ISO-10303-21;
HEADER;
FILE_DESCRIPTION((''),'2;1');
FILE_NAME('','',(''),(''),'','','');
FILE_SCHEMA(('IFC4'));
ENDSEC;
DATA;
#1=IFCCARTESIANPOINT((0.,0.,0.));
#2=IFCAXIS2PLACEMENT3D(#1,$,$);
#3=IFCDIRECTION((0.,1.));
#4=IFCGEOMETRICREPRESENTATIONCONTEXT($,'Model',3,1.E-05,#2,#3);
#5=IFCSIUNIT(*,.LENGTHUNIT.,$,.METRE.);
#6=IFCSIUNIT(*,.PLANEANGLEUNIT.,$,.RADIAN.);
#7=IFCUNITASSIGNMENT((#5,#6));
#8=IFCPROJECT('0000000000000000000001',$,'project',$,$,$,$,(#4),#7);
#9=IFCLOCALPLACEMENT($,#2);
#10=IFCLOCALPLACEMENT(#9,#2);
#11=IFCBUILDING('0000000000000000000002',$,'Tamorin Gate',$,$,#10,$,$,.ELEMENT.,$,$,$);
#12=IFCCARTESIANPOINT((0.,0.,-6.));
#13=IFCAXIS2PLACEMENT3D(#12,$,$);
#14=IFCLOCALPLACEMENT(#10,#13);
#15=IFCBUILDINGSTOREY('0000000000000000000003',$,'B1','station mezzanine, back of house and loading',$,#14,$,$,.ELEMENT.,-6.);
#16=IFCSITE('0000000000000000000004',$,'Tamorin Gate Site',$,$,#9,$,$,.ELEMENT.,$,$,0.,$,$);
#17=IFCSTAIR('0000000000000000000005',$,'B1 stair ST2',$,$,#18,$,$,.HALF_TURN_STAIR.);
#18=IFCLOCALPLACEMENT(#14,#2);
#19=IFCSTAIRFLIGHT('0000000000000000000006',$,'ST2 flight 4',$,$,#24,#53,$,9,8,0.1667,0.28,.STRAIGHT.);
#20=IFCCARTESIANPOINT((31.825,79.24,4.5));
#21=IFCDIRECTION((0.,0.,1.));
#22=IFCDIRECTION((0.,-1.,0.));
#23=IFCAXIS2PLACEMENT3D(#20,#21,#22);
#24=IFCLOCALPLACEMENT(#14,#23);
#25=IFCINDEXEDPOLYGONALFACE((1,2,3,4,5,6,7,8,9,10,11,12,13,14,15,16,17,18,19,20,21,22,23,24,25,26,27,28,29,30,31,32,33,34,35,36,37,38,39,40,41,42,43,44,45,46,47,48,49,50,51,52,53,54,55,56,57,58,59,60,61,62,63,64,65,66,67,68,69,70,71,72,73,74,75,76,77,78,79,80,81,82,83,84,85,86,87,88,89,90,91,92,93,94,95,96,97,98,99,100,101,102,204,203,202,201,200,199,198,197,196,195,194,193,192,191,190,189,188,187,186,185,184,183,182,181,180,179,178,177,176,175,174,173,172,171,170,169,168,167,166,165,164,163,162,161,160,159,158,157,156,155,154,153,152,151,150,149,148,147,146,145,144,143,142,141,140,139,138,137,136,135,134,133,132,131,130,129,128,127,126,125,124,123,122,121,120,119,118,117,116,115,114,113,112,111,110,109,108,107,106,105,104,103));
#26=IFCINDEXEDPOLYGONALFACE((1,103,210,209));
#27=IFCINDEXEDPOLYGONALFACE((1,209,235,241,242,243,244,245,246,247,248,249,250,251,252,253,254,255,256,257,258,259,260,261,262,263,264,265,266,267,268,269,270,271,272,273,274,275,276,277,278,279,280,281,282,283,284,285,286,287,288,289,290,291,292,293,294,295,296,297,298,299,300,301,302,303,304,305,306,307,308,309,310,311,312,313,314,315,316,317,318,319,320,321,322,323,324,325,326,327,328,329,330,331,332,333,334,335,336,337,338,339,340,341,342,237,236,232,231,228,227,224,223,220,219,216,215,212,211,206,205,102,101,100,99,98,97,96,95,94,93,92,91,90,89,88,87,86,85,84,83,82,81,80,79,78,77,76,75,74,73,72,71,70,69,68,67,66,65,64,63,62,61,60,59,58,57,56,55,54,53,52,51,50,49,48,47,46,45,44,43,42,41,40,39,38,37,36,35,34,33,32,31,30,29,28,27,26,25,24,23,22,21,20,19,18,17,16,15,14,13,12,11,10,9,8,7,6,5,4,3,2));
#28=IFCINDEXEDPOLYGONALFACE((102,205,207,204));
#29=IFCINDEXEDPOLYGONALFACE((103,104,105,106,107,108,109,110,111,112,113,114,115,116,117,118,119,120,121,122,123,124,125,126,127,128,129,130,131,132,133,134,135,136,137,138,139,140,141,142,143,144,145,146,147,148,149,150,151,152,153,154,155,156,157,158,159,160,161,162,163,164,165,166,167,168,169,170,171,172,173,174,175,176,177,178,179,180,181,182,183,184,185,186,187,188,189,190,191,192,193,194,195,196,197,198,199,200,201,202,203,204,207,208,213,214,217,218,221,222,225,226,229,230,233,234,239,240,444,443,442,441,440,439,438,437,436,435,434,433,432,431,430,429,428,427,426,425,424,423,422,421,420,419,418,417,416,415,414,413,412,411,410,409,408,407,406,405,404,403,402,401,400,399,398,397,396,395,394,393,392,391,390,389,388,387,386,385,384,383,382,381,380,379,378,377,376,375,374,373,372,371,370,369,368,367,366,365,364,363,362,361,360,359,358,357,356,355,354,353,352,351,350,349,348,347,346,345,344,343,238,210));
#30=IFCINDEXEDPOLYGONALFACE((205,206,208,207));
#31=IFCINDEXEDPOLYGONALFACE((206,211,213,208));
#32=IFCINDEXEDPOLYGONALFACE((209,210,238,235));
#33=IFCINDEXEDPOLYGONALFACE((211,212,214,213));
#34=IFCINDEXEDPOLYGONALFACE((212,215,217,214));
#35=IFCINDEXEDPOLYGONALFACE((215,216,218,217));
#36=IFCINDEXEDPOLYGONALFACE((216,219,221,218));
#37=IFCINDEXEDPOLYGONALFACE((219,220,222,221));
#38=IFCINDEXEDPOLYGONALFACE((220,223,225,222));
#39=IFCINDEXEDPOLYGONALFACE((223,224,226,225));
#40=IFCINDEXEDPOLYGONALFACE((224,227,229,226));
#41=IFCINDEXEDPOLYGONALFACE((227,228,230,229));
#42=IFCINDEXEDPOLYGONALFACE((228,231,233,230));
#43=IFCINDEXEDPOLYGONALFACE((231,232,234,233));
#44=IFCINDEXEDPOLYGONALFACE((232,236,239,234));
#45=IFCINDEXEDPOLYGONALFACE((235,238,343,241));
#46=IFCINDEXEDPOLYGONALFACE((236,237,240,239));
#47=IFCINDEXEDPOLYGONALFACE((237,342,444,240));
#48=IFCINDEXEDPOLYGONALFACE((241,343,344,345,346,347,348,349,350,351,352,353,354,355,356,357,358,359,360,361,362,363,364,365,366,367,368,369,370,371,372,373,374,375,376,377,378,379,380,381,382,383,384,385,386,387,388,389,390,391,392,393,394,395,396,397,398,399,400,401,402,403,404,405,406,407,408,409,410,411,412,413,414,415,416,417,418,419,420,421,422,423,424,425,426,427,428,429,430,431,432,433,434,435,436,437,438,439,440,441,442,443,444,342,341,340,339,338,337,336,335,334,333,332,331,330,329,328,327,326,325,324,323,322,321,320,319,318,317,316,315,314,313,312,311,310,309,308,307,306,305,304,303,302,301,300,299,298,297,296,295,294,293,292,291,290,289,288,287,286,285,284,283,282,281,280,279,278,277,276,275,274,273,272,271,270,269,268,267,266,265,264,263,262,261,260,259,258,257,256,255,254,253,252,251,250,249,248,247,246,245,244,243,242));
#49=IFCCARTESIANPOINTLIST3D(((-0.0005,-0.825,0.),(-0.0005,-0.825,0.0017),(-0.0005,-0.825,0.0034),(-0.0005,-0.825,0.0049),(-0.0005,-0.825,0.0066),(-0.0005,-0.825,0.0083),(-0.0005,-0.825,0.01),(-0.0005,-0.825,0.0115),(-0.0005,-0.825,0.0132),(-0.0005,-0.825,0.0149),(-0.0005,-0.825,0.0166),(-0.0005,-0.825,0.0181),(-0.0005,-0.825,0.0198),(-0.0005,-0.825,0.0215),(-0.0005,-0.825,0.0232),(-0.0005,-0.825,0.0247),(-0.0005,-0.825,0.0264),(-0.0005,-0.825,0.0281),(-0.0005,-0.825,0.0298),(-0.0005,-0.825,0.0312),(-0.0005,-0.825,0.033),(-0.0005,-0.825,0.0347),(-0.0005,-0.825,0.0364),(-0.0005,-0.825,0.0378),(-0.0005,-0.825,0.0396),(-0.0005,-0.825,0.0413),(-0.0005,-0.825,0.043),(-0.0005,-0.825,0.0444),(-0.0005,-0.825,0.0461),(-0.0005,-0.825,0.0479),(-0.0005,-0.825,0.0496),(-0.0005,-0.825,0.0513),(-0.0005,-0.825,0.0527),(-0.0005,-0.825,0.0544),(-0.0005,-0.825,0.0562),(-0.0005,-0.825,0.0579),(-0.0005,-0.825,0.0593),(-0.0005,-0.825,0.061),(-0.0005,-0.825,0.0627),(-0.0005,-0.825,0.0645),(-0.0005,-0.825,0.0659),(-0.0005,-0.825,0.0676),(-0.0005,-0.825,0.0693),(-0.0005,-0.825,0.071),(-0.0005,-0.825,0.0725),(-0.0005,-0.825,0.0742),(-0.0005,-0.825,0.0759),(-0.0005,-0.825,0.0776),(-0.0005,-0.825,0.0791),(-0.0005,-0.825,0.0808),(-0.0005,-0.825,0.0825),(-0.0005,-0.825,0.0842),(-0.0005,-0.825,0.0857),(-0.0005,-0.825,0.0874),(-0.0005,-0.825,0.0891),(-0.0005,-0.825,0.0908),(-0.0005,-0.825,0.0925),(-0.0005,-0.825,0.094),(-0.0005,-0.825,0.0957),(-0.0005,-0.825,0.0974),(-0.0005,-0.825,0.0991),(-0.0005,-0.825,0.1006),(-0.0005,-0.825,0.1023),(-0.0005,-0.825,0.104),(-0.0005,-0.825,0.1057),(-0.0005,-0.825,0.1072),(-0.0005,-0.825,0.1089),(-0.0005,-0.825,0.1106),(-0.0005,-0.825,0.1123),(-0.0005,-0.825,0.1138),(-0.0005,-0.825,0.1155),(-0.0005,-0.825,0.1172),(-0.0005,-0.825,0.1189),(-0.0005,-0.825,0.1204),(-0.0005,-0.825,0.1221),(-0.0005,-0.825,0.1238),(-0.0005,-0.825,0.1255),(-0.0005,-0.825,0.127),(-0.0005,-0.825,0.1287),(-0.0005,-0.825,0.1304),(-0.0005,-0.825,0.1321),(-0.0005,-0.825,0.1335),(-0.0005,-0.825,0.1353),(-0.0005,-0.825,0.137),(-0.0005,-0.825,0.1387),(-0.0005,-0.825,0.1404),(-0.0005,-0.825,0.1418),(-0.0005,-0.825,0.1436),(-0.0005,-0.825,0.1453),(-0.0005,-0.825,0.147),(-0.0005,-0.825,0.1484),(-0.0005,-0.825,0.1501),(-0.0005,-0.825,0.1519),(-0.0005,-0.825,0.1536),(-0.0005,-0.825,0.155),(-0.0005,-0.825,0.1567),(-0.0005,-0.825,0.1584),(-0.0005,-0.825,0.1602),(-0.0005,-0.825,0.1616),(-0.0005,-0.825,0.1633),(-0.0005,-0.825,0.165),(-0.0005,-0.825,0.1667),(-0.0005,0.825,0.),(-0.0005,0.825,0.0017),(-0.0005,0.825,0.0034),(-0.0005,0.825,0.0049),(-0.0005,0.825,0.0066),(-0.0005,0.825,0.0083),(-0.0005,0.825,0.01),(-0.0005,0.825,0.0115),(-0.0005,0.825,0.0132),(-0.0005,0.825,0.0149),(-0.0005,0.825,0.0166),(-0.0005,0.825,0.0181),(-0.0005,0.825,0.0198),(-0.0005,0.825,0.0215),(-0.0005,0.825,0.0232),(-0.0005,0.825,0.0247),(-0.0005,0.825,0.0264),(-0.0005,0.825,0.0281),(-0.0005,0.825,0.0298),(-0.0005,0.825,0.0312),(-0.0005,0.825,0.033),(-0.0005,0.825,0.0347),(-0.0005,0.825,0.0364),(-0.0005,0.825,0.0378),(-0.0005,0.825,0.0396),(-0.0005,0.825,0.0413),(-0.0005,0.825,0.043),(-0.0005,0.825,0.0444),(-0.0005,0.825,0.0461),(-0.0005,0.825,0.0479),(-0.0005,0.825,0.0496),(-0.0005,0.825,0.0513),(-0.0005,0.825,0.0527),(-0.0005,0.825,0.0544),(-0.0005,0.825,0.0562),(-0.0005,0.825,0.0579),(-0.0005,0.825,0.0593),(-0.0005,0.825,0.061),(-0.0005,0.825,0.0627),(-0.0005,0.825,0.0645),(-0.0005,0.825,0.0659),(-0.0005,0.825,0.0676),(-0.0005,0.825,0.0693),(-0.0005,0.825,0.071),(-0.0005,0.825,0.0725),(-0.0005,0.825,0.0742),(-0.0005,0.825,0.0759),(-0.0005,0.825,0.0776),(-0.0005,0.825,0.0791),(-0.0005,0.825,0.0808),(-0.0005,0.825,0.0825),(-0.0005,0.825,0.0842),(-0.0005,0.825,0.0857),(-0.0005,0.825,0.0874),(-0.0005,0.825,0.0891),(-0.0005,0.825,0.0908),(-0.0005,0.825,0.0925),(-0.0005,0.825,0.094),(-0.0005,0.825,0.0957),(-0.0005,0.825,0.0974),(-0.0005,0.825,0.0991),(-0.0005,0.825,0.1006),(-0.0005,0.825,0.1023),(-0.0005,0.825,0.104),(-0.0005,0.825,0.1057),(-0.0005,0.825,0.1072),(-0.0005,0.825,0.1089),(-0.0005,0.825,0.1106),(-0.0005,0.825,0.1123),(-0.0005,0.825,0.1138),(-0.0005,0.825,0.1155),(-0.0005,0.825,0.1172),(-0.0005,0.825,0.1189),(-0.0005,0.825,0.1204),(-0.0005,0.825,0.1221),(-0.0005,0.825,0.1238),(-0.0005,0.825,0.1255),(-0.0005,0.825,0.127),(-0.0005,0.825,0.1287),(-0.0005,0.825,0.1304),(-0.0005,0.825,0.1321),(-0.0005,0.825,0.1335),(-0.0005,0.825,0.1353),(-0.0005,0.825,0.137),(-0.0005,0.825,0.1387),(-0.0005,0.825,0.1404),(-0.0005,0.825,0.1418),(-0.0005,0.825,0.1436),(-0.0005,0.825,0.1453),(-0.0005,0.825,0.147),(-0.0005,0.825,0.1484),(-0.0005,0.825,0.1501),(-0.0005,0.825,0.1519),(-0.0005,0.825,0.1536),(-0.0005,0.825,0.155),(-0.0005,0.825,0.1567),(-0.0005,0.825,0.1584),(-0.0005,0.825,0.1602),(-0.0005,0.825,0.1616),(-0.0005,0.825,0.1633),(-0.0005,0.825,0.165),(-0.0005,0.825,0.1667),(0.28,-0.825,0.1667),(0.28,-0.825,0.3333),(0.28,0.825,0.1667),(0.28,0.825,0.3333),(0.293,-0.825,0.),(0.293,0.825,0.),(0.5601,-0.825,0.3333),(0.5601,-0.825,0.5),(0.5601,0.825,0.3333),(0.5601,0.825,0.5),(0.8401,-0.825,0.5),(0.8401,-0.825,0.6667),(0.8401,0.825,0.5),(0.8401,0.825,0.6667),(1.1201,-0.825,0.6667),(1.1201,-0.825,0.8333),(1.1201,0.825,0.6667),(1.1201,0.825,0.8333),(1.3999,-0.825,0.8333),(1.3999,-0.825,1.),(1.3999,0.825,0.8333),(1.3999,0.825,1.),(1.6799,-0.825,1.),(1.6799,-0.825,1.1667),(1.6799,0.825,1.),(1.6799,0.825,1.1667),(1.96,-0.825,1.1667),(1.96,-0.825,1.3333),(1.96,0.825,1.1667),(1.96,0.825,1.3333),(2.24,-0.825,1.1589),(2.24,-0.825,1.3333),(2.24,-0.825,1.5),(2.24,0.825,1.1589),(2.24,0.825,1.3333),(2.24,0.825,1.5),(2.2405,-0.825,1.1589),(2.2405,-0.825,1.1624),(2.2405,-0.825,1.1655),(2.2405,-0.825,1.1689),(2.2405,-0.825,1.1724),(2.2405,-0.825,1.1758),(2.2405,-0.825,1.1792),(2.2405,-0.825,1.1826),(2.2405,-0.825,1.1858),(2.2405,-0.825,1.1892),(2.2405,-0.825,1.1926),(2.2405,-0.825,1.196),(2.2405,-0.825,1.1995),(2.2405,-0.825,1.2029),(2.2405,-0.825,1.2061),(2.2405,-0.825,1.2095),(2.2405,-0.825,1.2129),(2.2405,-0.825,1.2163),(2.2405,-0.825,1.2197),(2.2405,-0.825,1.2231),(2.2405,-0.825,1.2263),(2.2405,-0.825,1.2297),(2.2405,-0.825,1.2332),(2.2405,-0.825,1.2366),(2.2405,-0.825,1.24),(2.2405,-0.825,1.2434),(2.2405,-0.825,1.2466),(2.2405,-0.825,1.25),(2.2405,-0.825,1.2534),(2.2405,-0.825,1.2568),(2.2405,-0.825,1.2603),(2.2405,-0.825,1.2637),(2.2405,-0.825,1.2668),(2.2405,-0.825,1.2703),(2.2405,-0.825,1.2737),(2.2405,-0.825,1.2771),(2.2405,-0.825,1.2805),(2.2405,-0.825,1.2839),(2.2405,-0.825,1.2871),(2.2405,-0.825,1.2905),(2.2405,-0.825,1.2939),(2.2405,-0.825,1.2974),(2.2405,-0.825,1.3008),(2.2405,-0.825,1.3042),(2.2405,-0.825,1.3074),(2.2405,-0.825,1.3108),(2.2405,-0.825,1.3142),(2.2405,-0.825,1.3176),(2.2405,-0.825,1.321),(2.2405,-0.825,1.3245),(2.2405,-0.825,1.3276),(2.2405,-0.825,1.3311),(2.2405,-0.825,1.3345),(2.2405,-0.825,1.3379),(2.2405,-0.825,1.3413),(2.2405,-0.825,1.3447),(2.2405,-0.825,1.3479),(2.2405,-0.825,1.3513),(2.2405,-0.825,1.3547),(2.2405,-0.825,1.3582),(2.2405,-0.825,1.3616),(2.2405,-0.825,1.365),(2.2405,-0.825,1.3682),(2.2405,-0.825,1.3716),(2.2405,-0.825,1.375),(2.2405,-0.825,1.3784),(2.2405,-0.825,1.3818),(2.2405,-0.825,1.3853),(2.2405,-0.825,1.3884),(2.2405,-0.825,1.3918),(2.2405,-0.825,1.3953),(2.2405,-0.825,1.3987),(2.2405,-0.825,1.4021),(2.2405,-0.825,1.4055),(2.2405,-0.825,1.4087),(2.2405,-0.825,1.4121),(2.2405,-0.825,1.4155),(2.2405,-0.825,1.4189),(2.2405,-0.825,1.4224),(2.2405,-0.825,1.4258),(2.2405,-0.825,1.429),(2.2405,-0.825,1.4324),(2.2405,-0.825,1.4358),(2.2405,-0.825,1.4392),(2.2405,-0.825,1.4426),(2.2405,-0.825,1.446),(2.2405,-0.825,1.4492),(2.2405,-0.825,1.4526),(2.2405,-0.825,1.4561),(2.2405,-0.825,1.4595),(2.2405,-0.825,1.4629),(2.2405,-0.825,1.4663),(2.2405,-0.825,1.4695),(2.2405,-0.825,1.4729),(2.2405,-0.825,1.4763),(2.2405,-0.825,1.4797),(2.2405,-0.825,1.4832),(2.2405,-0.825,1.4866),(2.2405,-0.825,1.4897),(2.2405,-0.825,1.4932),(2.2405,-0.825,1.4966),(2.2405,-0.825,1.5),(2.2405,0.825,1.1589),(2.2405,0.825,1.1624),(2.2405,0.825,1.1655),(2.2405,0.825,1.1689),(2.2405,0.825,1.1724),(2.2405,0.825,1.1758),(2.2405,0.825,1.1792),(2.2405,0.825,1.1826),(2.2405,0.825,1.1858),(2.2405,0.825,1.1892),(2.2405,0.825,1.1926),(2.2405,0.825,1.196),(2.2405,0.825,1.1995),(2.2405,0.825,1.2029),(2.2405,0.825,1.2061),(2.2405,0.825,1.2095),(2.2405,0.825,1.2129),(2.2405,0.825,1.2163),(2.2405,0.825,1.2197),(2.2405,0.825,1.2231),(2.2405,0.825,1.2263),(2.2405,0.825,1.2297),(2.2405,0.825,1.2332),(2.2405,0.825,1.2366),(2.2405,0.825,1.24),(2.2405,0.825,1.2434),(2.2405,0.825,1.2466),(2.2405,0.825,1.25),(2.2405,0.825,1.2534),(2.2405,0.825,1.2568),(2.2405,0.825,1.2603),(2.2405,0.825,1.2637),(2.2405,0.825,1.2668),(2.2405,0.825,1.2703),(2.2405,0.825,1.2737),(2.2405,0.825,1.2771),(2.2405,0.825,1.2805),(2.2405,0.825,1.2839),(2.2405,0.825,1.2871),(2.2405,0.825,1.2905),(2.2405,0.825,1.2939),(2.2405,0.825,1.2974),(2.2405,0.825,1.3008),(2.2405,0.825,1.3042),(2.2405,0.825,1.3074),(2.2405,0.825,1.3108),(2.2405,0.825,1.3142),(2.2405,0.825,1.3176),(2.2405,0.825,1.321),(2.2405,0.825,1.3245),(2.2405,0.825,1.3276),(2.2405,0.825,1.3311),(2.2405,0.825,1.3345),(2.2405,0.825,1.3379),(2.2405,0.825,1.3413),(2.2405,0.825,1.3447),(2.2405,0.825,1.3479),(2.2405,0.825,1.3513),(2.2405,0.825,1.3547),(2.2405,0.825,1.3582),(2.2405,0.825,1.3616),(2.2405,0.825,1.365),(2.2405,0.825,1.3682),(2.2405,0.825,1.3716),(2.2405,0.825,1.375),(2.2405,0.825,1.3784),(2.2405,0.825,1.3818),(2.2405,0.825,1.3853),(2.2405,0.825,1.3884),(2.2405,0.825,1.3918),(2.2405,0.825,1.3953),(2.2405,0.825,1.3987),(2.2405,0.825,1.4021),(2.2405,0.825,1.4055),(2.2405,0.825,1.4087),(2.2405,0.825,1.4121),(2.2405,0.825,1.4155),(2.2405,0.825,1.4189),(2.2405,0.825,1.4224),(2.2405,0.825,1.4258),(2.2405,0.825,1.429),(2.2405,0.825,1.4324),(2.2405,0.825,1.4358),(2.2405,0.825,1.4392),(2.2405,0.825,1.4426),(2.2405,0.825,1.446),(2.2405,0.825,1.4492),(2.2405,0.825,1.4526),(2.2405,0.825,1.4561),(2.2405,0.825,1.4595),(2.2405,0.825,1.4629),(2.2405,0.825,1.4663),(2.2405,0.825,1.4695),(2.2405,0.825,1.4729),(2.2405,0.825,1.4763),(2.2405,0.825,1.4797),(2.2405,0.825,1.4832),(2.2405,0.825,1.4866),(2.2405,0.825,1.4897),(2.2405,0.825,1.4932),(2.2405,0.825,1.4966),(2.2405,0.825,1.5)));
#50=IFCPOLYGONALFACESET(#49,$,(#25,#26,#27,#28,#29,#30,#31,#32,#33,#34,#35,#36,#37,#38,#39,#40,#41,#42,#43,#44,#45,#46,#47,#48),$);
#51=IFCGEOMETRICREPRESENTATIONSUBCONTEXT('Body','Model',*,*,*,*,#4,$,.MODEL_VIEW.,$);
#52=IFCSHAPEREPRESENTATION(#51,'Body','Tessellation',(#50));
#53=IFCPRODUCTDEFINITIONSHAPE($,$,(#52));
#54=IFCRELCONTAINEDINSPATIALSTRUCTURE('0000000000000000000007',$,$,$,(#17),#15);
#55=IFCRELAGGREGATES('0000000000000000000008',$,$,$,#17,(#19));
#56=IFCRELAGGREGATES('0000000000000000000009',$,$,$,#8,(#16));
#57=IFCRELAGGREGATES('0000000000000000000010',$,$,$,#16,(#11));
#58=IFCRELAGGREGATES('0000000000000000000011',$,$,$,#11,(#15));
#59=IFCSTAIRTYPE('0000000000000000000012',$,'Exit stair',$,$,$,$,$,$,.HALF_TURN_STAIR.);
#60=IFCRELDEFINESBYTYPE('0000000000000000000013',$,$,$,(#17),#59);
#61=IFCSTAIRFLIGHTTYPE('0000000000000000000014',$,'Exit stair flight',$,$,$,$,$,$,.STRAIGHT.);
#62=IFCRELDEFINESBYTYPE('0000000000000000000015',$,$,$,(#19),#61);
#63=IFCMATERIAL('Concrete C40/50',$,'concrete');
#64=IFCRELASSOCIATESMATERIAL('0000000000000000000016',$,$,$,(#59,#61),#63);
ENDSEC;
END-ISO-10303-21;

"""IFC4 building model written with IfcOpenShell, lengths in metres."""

from ifc_helpers import new_model, si_unit, direction, frame, origin, place, context, subcontext, project, spatial, polyline, outline, extrude, material, type_object, element, aggregate, save


model = new_model("IFC4")

# Units and contexts
model_context = context("Model", 3, precision=1e-05, world=origin(), true_north=direction((0.0, 1.0)))
body_context = subcontext(model_context, "Body", "Model", "MODEL_VIEW")
ifc_project = project(units=[si_unit("LENGTHUNIT", "METRE"), si_unit("PLANEANGLEUNIT", "RADIAN")], contexts=[model_context])

# Site, building, storey
site_placement = place(None, origin())
site = spatial("IfcSite", under=ifc_project, at=site_placement, Name="Tamorin Gate Site", CompositionType="ELEMENT", RefElevation=0.0)
building_placement = place(site_placement, origin())
building = spatial("IfcBuilding", under=site, at=building_placement, Name="Tamorin Gate", CompositionType="ELEMENT")
storey_placement = place(building_placement, frame((0.0, 0.0, -6.0)))
storey = spatial("IfcBuildingStorey", under=building, at=storey_placement, Name="B1", Description="station mezzanine, back of house and loading", CompositionType="ELEMENT", Elevation=-6.0)

# Shared definitions
ifc_material_1 = material(Name="Concrete C40/50", Category="concrete")

# Stair, stair flight
stair_type = type_object("IfcStairType", Name="Exit stair", PredefinedType="HALF_TURN_STAIR", material=ifc_material_1)
stair_placement = place(storey_placement, origin())
stair = element("IfcStair", 1, at=stair_placement, inside=storey, type_object=stair_type, Name="B1 stair ST2", PredefinedType="HALF_TURN_STAIR")
stair_flight_type = type_object("IfcStairFlightType", Name="Exit stair flight", PredefinedType="STRAIGHT", material=ifc_material_1)
stair_flight_1_placement = place(storey_placement, frame((31.825, 79.24, 4.5), z_axis=(0.0, 0.0, 1.0), x_axis=(0.0, -1.0, 0.0)))
stair_flight_1 = element("IfcStairFlight", 2, at=stair_flight_1_placement, type_object=stair_flight_type, Name="ST2 flight 4", NumberOfRisers=9, NumberOfTreads=8, PredefinedType="STRAIGHT", RiserHeight=0.1667, TreadLength=0.28, context=body_context, shape_type="SweptSolid", body=[
    extrude(outline(polyline([(-0.0005, 0.0), (-0.0005, 0.0017), (-0.0005, 0.0034), (-0.0005, 0.0049), (-0.0005, 0.0066), (-0.0005, 0.0083), (-0.0005, 0.01), (-0.0005, 0.0115), (-0.0005, 0.0132), (-0.0005, 0.0149), (-0.0005, 0.0166), (-0.0005, 0.0181), (-0.0005, 0.0198), (-0.0005, 0.0215), (-0.0005, 0.0232), (-0.0005, 0.0247), (-0.0005, 0.0264), (-0.0005, 0.0281), (-0.0005, 0.0298), (-0.0005, 0.0312), (-0.0005, 0.033), (-0.0005, 0.0347), (-0.0005, 0.0364), (-0.0005, 0.0378), (-0.0005, 0.0396), (-0.0005, 0.0413), (-0.0005, 0.043), (-0.0005, 0.0444), (-0.0005, 0.0461), (-0.0005, 0.0479), (-0.0005, 0.0496), (-0.0005, 0.0513), (-0.0005, 0.0527), (-0.0005, 0.0544), (-0.0005, 0.0562), (-0.0005, 0.0579), (-0.0005, 0.0593), (-0.0005, 0.061), (-0.0005, 0.0627), (-0.0005, 0.0645), (-0.0005, 0.0659), (-0.0005, 0.0676), (-0.0005, 0.0693), (-0.0005, 0.071), (-0.0005, 0.0725), (-0.0005, 0.0742), (-0.0005, 0.0759), (-0.0005, 0.0776), (-0.0005, 0.0791), (-0.0005, 0.0808), (-0.0005, 0.0825), (-0.0005, 0.0842), (-0.0005, 0.0857), (-0.0005, 0.0874), (-0.0005, 0.0891), (-0.0005, 0.0908), (-0.0005, 0.0925), (-0.0005, 0.094), (-0.0005, 0.0957), (-0.0005, 0.0974), (-0.0005, 0.0991), (-0.0005, 0.1006), (-0.0005, 0.1023), (-0.0005, 0.104), (-0.0005, 0.1057), (-0.0005, 0.1072), (-0.0005, 0.1089), (-0.0005, 0.1106), (-0.0005, 0.1123), (-0.0005, 0.1138), (-0.0005, 0.1155), (-0.0005, 0.1172), (-0.0005, 0.1189), (-0.0005, 0.1204), (-0.0005, 0.1221), (-0.0005, 0.1238), (-0.0005, 0.1255), (-0.0005, 0.127), (-0.0005, 0.1287), (-0.0005, 0.1304), (-0.0005, 0.1321), (-0.0005, 0.1335), (-0.0005, 0.1353), (-0.0005, 0.137), (-0.0005, 0.1387), (-0.0005, 0.1404), (-0.0005, 0.1418), (-0.0005, 0.1436), (-0.0005, 0.1453), (-0.0005, 0.147), (-0.0005, 0.1484), (-0.0005, 0.1501), (-0.0005, 0.1519), (-0.0005, 0.1536), (-0.0005, 0.155), (-0.0005, 0.1567), (-0.0005, 0.1584), (-0.0005, 0.1602), (-0.0005, 0.1616), (-0.0005, 0.1633), (-0.0005, 0.165), (-0.0005, 0.1667), (0.28, 0.1667), (0.28, 0.3333), (0.5601, 0.3333), (0.5601, 0.5), (0.8401, 0.5), (0.8401, 0.6667), (1.1201, 0.6667), (1.1201, 0.8333), (1.3999, 0.8333), (1.3999, 1.0), (1.6799, 1.0), (1.6799, 1.1667), (1.96, 1.1667), (1.96, 1.3333), (2.24, 1.3333), (2.24, 1.5), (2.2405, 1.5), (2.2405, 1.4966), (2.2405, 1.4932), (2.2405, 1.4897), (2.2405, 1.4866), (2.2405, 1.4832), (2.2405, 1.4797), (2.2405, 1.4763), (2.2405, 1.4729), (2.2405, 1.4695), (2.2405, 1.4663), (2.2405, 1.4629), (2.2405, 1.4595), (2.2405, 1.4561), (2.2405, 1.4526), (2.2405, 1.4492), (2.2405, 1.446), (2.2405, 1.4426), (2.2405, 1.4392), (2.2405, 1.4358), (2.2405, 1.4324), (2.2405, 1.429), (2.2405, 1.4258), (2.2405, 1.4224), (2.2405, 1.4189), (2.2405, 1.4155), (2.2405, 1.4121), (2.2405, 1.4087), (2.2405, 1.4055), (2.2405, 1.4021), (2.2405, 1.3987), (2.2405, 1.3953), (2.2405, 1.3918), (2.2405, 1.3884), (2.2405, 1.3853), (2.2405, 1.3818), (2.2405, 1.3784), (2.2405, 1.375), (2.2405, 1.3716), (2.2405, 1.3682), (2.2405, 1.365), (2.2405, 1.3616), (2.2405, 1.3582), (2.2405, 1.3547), (2.2405, 1.3513), (2.2405, 1.3479), (2.2405, 1.3447), (2.2405, 1.3413), (2.2405, 1.3379), (2.2405, 1.3345), (2.2405, 1.3311), (2.2405, 1.3276), (2.2405, 1.3245), (2.2405, 1.321), (2.2405, 1.3176), (2.2405, 1.3142), (2.2405, 1.3108), (2.2405, 1.3074), (2.2405, 1.3042), (2.2405, 1.3008), (2.2405, 1.2974), (2.2405, 1.2939), (2.2405, 1.2905), (2.2405, 1.2871), (2.2405, 1.2839), (2.2405, 1.2805), (2.2405, 1.2771), (2.2405, 1.2737), (2.2405, 1.2703), (2.2405, 1.2668), (2.2405, 1.2637), (2.2405, 1.2603), (2.2405, 1.2568), (2.2405, 1.2534), (2.2405, 1.25), (2.2405, 1.2466), (2.2405, 1.2434), (2.2405, 1.24), (2.2405, 1.2366), (2.2405, 1.2332), (2.2405, 1.2297), (2.2405, 1.2263), (2.2405, 1.2231), (2.2405, 1.2197), (2.2405, 1.2163), (2.2405, 1.2129), (2.2405, 1.2095), (2.2405, 1.2061), (2.2405, 1.2029), (2.2405, 1.1995), (2.2405, 1.196), (2.2405, 1.1926), (2.2405, 1.1892), (2.2405, 1.1858), (2.2405, 1.1826), (2.2405, 1.1792), (2.2405, 1.1758), (2.2405, 1.1724), (2.2405, 1.1689), (2.2405, 1.1655), (2.2405, 1.1624), (2.2405, 1.1589), (2.24, 1.1589), (0.293, 0.0), (-0.0005, 0.0)])), frame((0.0, 0.825, 0.0), z_axis=(0.0, -1.0, 0.0), x_axis=(1.0, 0.0, 0.0)), (0.0, 0.0, 1.0), 1.6499),
])
aggregate(stair, [stair_flight_1])

save(model, "model.ifc")
